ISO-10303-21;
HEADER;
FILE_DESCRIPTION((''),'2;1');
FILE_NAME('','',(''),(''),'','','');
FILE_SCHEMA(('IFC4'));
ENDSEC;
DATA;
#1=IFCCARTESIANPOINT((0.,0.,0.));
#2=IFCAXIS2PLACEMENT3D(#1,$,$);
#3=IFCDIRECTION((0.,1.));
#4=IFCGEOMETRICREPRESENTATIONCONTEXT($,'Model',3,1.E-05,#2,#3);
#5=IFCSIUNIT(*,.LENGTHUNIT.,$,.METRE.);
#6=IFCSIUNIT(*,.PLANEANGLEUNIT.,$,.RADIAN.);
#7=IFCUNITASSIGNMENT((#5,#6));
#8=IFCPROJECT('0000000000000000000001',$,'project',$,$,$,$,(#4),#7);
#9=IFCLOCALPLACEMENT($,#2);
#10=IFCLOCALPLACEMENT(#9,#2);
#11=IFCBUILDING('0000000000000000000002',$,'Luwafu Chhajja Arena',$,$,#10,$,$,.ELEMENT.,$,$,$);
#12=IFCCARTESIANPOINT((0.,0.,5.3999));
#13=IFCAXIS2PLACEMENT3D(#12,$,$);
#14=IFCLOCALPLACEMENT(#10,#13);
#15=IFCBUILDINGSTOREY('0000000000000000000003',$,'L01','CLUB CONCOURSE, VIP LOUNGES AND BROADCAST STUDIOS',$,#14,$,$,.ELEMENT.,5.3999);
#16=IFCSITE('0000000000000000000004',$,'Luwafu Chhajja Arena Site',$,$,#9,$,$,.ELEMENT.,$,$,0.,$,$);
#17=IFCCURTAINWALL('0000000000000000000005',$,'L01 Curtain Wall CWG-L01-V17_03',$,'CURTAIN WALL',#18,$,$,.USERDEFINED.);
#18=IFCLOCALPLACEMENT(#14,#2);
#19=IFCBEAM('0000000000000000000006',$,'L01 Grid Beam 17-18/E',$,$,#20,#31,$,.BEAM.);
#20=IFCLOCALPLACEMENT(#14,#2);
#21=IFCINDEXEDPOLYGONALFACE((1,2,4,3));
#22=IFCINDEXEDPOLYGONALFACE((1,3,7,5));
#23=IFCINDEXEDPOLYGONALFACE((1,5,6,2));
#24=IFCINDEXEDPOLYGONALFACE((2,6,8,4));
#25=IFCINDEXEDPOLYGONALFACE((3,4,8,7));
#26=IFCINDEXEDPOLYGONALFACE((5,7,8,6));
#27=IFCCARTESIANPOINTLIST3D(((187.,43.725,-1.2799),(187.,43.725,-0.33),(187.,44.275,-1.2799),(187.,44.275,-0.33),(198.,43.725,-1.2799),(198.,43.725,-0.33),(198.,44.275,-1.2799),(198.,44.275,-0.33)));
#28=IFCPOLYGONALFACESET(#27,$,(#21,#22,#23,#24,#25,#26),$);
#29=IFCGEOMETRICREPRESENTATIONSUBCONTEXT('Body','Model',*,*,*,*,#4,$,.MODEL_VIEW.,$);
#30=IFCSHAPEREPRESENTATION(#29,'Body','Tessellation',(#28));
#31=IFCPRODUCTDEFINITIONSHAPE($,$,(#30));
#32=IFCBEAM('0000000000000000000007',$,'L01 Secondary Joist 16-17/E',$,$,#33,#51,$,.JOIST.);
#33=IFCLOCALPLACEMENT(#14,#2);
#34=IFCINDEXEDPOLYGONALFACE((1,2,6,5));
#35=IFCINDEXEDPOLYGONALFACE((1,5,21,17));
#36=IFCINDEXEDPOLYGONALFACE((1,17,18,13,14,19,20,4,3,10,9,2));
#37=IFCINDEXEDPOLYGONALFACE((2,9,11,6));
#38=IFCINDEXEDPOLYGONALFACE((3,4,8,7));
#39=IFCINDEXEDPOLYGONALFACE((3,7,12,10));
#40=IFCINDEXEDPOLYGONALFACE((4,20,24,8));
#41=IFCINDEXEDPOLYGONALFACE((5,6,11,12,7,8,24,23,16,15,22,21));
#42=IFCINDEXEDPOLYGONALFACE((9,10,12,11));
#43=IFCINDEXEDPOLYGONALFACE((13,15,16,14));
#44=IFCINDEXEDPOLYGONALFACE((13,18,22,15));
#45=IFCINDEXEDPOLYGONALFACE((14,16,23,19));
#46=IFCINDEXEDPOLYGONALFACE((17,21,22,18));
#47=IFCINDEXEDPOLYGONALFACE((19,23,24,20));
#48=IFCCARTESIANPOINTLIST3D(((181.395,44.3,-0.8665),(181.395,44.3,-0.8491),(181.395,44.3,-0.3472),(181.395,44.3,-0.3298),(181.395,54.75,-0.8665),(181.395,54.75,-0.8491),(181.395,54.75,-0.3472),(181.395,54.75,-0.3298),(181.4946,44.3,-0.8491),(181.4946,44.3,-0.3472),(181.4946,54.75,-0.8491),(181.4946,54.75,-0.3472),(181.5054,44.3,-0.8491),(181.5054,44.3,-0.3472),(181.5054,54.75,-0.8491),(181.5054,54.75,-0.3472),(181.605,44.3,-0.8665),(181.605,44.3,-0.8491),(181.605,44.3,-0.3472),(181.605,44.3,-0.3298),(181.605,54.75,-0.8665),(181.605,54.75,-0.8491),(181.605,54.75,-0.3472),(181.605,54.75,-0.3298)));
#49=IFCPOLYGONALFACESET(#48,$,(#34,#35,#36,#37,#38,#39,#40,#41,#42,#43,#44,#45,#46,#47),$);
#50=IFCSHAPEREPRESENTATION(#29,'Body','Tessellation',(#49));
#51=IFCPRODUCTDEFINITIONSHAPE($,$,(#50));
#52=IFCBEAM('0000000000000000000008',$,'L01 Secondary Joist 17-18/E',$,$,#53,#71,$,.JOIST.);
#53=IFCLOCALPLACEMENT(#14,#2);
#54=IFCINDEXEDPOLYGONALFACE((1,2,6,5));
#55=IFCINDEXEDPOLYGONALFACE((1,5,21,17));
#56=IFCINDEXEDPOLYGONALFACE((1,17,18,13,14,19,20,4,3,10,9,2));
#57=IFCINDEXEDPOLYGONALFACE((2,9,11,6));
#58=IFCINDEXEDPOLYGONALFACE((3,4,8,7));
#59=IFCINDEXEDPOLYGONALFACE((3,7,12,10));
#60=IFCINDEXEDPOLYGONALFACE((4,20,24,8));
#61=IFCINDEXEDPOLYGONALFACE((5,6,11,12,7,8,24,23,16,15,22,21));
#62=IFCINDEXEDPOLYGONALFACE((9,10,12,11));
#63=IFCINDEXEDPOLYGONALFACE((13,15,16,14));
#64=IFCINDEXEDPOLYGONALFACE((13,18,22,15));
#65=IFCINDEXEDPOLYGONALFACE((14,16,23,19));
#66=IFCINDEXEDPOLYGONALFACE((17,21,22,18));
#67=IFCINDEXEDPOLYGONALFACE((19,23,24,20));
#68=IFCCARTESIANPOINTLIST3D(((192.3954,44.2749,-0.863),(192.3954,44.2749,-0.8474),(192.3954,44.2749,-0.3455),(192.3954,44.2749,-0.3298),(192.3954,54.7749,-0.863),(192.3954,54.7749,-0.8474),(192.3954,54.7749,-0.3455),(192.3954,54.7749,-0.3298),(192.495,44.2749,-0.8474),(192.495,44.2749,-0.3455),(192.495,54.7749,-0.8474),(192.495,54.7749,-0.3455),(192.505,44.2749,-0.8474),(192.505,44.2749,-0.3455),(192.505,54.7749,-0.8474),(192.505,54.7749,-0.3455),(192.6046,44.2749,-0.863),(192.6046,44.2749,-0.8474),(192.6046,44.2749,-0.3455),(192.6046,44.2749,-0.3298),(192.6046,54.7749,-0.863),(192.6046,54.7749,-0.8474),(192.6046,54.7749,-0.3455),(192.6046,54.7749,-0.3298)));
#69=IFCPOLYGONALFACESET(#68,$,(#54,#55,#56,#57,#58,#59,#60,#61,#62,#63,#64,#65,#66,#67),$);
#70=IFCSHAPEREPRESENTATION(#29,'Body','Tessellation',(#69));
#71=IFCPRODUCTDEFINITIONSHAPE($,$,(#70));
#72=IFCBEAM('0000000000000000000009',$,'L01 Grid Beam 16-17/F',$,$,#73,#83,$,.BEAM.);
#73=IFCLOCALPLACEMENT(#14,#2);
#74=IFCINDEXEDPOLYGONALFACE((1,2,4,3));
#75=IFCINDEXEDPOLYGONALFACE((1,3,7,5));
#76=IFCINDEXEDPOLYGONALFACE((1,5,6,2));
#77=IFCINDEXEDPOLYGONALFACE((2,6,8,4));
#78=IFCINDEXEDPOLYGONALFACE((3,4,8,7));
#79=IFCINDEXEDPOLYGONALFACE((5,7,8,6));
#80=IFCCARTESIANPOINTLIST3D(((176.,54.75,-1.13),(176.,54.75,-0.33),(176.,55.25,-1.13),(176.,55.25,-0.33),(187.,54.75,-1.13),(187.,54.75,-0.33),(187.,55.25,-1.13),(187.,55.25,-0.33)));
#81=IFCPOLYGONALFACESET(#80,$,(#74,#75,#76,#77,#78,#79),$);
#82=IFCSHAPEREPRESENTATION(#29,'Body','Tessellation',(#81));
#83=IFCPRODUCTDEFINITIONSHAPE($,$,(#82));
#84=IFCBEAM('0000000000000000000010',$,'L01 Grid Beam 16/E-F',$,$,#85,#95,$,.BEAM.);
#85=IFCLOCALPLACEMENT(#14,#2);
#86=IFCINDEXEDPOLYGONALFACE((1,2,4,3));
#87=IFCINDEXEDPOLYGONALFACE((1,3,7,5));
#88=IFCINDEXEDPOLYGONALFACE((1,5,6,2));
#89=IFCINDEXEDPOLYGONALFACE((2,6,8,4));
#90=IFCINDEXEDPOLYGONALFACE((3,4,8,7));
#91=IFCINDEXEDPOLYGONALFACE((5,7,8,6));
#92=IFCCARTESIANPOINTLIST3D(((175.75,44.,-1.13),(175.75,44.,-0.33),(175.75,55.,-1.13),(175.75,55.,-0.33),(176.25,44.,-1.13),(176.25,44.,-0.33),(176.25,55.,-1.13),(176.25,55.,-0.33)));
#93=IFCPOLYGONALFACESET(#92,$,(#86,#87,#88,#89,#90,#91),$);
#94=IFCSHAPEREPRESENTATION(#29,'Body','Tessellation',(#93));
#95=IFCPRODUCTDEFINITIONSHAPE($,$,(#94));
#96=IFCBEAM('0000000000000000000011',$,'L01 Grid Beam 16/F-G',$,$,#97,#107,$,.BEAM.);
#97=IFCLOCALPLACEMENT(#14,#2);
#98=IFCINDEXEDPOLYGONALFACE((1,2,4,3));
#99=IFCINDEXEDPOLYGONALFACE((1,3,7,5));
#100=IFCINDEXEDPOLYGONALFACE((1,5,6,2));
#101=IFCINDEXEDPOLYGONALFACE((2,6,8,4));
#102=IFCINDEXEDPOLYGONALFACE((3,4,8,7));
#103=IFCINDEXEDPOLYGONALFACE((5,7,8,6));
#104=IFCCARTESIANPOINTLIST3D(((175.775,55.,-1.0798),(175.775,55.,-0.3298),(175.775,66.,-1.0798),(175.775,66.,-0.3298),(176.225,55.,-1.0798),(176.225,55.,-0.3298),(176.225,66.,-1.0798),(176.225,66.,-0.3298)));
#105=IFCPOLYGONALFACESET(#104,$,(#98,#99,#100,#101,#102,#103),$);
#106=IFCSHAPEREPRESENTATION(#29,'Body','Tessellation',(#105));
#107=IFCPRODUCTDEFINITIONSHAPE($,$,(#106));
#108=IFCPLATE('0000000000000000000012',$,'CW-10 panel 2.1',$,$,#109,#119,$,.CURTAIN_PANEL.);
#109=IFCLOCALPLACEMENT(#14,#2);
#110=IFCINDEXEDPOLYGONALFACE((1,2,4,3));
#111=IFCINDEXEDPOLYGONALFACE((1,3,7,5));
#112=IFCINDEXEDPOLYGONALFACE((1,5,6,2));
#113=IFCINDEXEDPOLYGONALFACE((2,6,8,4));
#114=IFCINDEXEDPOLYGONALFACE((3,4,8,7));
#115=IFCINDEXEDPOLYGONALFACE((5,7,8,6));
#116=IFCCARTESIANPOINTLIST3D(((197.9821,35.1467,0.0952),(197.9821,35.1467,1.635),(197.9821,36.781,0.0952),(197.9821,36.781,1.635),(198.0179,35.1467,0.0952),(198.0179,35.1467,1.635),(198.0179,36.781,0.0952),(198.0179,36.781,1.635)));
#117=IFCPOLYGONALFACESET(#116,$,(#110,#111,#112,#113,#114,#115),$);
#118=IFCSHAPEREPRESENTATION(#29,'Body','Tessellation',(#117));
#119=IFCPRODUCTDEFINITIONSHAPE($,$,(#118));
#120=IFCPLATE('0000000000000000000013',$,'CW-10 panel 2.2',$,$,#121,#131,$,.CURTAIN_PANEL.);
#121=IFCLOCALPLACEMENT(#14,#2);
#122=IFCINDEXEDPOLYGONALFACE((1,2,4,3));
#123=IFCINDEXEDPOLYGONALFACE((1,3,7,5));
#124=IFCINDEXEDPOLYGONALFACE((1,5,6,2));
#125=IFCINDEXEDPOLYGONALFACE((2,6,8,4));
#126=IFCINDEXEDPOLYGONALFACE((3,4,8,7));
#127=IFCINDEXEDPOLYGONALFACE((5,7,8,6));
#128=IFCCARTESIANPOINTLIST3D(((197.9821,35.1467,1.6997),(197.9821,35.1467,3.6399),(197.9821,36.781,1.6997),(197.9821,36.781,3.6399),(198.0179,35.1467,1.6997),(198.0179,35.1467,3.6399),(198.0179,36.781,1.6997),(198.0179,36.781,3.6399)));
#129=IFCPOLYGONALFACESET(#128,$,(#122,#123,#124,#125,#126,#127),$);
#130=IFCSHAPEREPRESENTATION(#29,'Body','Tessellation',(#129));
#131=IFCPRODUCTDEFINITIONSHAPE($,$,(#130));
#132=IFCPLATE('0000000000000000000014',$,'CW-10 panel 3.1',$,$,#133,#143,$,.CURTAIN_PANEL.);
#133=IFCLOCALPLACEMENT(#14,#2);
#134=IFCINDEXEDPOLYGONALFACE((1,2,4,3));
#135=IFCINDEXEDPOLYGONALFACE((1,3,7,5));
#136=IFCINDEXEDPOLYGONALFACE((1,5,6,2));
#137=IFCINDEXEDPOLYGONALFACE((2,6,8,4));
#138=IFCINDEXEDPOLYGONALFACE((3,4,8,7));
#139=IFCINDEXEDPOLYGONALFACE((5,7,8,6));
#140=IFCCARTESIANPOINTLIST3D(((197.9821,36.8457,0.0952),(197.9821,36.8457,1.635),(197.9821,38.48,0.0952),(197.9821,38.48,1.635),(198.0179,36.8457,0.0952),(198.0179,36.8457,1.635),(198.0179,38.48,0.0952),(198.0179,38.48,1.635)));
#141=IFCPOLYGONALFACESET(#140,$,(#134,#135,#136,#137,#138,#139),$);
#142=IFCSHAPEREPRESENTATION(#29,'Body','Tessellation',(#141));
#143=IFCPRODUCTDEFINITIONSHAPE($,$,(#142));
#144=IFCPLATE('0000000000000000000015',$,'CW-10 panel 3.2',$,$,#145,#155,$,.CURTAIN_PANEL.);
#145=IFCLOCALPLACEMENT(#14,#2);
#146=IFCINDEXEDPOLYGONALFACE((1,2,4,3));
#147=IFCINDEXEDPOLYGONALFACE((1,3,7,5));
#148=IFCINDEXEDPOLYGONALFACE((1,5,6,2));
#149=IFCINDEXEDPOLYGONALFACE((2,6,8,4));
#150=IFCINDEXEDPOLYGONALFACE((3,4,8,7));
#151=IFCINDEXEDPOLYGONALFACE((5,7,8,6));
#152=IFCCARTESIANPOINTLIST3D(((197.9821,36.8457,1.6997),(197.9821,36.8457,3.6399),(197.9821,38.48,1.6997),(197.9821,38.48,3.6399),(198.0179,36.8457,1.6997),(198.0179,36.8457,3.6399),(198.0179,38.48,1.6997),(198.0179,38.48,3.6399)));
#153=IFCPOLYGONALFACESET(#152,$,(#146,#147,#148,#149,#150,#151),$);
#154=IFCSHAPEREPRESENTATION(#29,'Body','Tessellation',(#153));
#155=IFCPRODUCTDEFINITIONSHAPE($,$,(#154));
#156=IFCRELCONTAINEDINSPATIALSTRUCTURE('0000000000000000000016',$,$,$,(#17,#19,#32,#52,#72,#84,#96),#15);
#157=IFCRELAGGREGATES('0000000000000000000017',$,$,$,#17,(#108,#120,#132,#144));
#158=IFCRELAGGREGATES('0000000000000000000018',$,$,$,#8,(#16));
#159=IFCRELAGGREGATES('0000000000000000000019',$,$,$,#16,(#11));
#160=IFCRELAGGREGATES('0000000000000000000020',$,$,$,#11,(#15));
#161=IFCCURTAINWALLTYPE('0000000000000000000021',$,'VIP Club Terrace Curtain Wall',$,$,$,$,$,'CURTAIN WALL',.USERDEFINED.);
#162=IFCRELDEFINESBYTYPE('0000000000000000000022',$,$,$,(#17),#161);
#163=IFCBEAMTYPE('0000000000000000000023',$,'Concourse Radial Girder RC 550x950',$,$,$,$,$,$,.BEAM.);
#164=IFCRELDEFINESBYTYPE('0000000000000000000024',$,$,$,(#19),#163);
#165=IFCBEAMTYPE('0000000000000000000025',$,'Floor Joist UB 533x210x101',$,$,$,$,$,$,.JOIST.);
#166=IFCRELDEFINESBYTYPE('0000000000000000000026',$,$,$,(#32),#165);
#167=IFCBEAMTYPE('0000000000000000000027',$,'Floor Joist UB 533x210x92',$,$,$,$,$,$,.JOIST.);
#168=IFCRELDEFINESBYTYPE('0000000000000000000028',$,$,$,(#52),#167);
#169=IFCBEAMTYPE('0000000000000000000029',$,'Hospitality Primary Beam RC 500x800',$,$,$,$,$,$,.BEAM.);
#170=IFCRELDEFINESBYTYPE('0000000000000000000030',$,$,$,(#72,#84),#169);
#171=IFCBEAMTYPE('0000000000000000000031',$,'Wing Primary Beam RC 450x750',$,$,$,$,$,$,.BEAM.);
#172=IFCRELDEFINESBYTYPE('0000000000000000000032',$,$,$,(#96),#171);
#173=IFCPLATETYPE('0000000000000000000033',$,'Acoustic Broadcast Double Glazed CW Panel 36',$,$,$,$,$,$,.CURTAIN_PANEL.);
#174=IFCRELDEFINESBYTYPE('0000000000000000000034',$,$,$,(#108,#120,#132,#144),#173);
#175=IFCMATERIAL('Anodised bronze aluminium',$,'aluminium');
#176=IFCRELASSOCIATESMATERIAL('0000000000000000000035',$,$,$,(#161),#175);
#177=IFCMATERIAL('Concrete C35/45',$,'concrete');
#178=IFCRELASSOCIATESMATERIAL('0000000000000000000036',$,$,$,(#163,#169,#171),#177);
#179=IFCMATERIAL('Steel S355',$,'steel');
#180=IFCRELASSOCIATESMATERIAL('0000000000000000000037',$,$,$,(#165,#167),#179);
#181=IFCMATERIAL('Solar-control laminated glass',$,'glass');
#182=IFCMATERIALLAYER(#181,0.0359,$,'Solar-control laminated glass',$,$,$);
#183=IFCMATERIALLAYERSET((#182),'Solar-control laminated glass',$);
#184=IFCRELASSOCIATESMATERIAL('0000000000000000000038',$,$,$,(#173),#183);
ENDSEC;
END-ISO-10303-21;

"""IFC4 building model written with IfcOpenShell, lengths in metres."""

from ifc_helpers import new_model, si_unit, direction, frame, origin, origin_2d, place, context, subcontext, project, spatial, rectangle, i_section, extrude, material, layer, layer_set, material_profile, profile_set, type_object, element, aggregate, save


model = new_model("IFC4")

# Units and contexts
model_context = context("Model", 3, precision=1e-05, world=origin(), true_north=direction((0.0, 1.0)))
body_context = subcontext(model_context, "Body", "Model", "MODEL_VIEW")
ifc_project = project(units=[si_unit("LENGTHUNIT", "METRE"), si_unit("PLANEANGLEUNIT", "RADIAN")], contexts=[model_context])

# Site, building, storey
site_placement = place(None, origin())
site = spatial("IfcSite", under=ifc_project, at=site_placement, Name="Luwafu Chhajja Arena Site", CompositionType="ELEMENT", RefElevation=0.0)
building_placement = place(site_placement, origin())
building = spatial("IfcBuilding", under=site, at=building_placement, Name="Luwafu Chhajja Arena", CompositionType="ELEMENT")
storey_placement = place(building_placement, frame((0.0, 0.0, 5.3999)))
storey = spatial("IfcBuildingStorey", under=building, at=storey_placement, Name="L01", Description="CLUB CONCOURSE, VIP LOUNGES AND BROADCAST STUDIOS", CompositionType="ELEMENT", Elevation=5.3999)

# Shared definitions
ifc_material_1 = material(Name="Concrete C35/45", Category="concrete")

# Curtain wall
ifc_material_2 = material(Name="Anodised bronze aluminium", Category="aluminium")
curtain_wall_type = type_object("IfcCurtainWallType", Name="VIP Club Terrace Curtain Wall", ElementType="CURTAIN WALL", PredefinedType="USERDEFINED", material=ifc_material_2)
curtain_wall_placement = place(storey_placement, origin())
curtain_wall = element("IfcCurtainWall", 1, at=curtain_wall_placement, inside=storey, type_object=curtain_wall_type, Name="L01 Curtain Wall CWG-L01-V17_03", ObjectType="CURTAIN WALL", PredefinedType="USERDEFINED")

# Beams
ifc_material_profile_1 = material_profile(ifc_material_1, rectangle(XDim=0.55, YDim=0.95, at=origin_2d()), Name="RC 550x950")
ifc_profile_set_1 = profile_set([ifc_material_profile_1], Name="Concrete C35/45")
beam_type_1 = type_object("IfcBeamType", Name="Concourse Radial Girder RC 550x950", PredefinedType="BEAM", material=ifc_profile_set_1)
beam_1_placement = place(storey_placement, frame((187.0, 44.0, -0.8049), z_axis=(1.0, 0.0, 0.0), x_axis=(0.0, 1.0, 0.0)))
element("IfcBeam", 2, at=beam_1_placement, inside=storey, type_object=beam_type_1, Name="L01 Grid Beam 17-18/E", PredefinedType="BEAM", context=body_context, shape_type="SweptSolid", body=[
    extrude(rectangle(XDim=0.55, YDim=0.95, at=origin_2d()), origin(), (0.0, 0.0, 1.0), 11.0),
])
ifc_material_3 = material(Name="Steel S355", Category="steel")
ifc_material_profile_2 = material_profile(ifc_material_3, i_section(OverallWidth=0.21, OverallDepth=0.5366, WebThickness=0.0107, FlangeThickness=0.0173, at=origin_2d()), Name="UB 533x210x101")
ifc_profile_set_2 = profile_set([ifc_material_profile_2], Name="Steel S355")
beam_type_2 = type_object("IfcBeamType", Name="Floor Joist UB 533x210x101", PredefinedType="JOIST", material=ifc_profile_set_2)
beam_2_placement = place(storey_placement, frame((181.5, 44.3, -0.5981), z_axis=(0.0, 1.0, 0.0), x_axis=(-1.0, 0.0, 0.0)))
element("IfcBeam", 3, at=beam_2_placement, inside=storey, type_object=beam_type_2, Name="L01 Secondary Joist 16-17/E", PredefinedType="JOIST", context=body_context, shape_type="SweptSolid", body=[
    extrude(i_section(OverallWidth=0.21, OverallDepth=0.5366, WebThickness=0.0107, FlangeThickness=0.0173, at=origin_2d()), origin(), (0.0, 0.0, 1.0), 10.45),
])
ifc_material_profile_3 = material_profile(ifc_material_3, i_section(OverallWidth=0.2092, OverallDepth=0.5332, WebThickness=0.01, FlangeThickness=0.0156, at=origin_2d()), Name="UB 533x210x92")
ifc_profile_set_3 = profile_set([ifc_material_profile_3], Name="Steel S355")
beam_type_3 = type_object("IfcBeamType", Name="Floor Joist UB 533x210x92", PredefinedType="JOIST", material=ifc_profile_set_3)
beam_3_placement = place(storey_placement, frame((192.5, 44.2749, -0.5964), z_axis=(0.0, 1.0, 0.0), x_axis=(-1.0, 0.0, 0.0)))
element("IfcBeam", 4, at=beam_3_placement, inside=storey, type_object=beam_type_3, Name="L01 Secondary Joist 17-18/E", PredefinedType="JOIST", context=body_context, shape_type="SweptSolid", body=[
    extrude(i_section(OverallWidth=0.2092, OverallDepth=0.5332, WebThickness=0.01, FlangeThickness=0.0156, at=origin_2d()), origin(), (0.0, 0.0, 1.0), 10.5),
])
ifc_material_profile_4 = material_profile(ifc_material_1, rectangle(XDim=0.5, YDim=0.8, at=origin_2d()), Name="RC 500x800")
ifc_profile_set_4 = profile_set([ifc_material_profile_4], Name="Concrete C35/45")
beam_type_4 = type_object("IfcBeamType", Name="Hospitality Primary Beam RC 500x800", PredefinedType="BEAM", material=ifc_profile_set_4)
for number, where, z_axis, x_axis, name in (
    (5, (176.0, 55.0, -0.73), (1.0, 0.0, 0.0), (0.0, 1.0, 0.0), "L01 Grid Beam 16-17/F"),
    (6, (176.0, 44.0, -0.73), (0.0, 1.0, 0.0), (-1.0, 0.0, 0.0), "L01 Grid Beam 16/E-F"),
):
    element("IfcBeam", number, at=place(storey_placement, frame(where, z_axis=z_axis, x_axis=x_axis)), inside=storey, type_object=beam_type_4, Name=name, PredefinedType="BEAM", context=body_context, shape_type="SweptSolid", body=[
        extrude(rectangle(XDim=0.5, YDim=0.8, at=origin_2d()), origin(), (0.0, 0.0, 1.0), 11.0),
    ])
ifc_material_profile_5 = material_profile(ifc_material_1, rectangle(XDim=0.45, YDim=0.75, at=origin_2d()), Name="RC 450x750")
ifc_profile_set_5 = profile_set([ifc_material_profile_5], Name="Concrete C35/45")
beam_type_5 = type_object("IfcBeamType", Name="Wing Primary Beam RC 450x750", PredefinedType="BEAM", material=ifc_profile_set_5)
beam_4_placement = place(storey_placement, frame((176.0, 55.0, -0.7048), z_axis=(0.0, 1.0, 0.0), x_axis=(-1.0, 0.0, 0.0)))
element("IfcBeam", 7, at=beam_4_placement, inside=storey, type_object=beam_type_5, Name="L01 Grid Beam 16/F-G", PredefinedType="BEAM", context=body_context, shape_type="SweptSolid", body=[
    extrude(rectangle(XDim=0.45, YDim=0.75, at=origin_2d()), origin(), (0.0, 0.0, 1.0), 11.0),
])

# Plates
ifc_material_4 = material(Name="Solar-control laminated glass", Category="glass")
ifc_layer_1 = layer(ifc_material_4, 0.0359, Name="Solar-control laminated glass")
ifc_layer_set_1 = layer_set([ifc_layer_1], Name="Solar-control laminated glass")
plate_type = type_object("IfcPlateType", Name="Acoustic Broadcast Double Glazed CW Panel 36", PredefinedType="CURTAIN_PANEL", material=ifc_layer_set_1)
plate_1_placement = place(storey_placement, frame((198.0, 35.9639, 0.0952), z_axis=(0.0, 0.0, 1.0), x_axis=(0.0, 1.0, 0.0)))
plate_1 = element("IfcPlate", 8, at=plate_1_placement, type_object=plate_type, Name="CW-10 panel 2.1", PredefinedType="CURTAIN_PANEL", context=body_context, shape_type="SweptSolid", body=[
    extrude(rectangle(XDim=1.6343, YDim=0.0359, at=origin_2d()), origin(), (0.0, 0.0, 1.0), 1.5398),
])
plate_2_placement = place(storey_placement, frame((198.0, 35.9639, 1.6997), z_axis=(0.0, 0.0, 1.0), x_axis=(0.0, 1.0, 0.0)))
plate_2 = element("IfcPlate", 9, at=plate_2_placement, type_object=plate_type, Name="CW-10 panel 2.2", PredefinedType="CURTAIN_PANEL", context=body_context, shape_type="SweptSolid", body=[
    extrude(rectangle(XDim=1.6343, YDim=0.0359, at=origin_2d()), origin(), (0.0, 0.0, 1.0), 1.9402),
])
plate_3_placement = place(storey_placement, frame((198.0, 37.6628, 0.0952), z_axis=(0.0, 0.0, 1.0), x_axis=(0.0, 1.0, 0.0)))
plate_3 = element("IfcPlate", 10, at=plate_3_placement, type_object=plate_type, Name="CW-10 panel 3.1", PredefinedType="CURTAIN_PANEL", context=body_context, shape_type="SweptSolid", body=[
    extrude(rectangle(XDim=1.6343, YDim=0.0359, at=origin_2d()), origin(), (0.0, 0.0, 1.0), 1.5398),
])
plate_4_placement = place(storey_placement, frame((198.0, 37.6628, 1.6997), z_axis=(0.0, 0.0, 1.0), x_axis=(0.0, 1.0, 0.0)))
plate_4 = element("IfcPlate", 11, at=plate_4_placement, type_object=plate_type, Name="CW-10 panel 3.2", PredefinedType="CURTAIN_PANEL", context=body_context, shape_type="SweptSolid", body=[
    extrude(rectangle(XDim=1.6343, YDim=0.0359, at=origin_2d()), origin(), (0.0, 0.0, 1.0), 1.9402),
])
aggregate(curtain_wall, [plate_1, plate_2, plate_3, plate_4])

save(model, "model.ifc")
